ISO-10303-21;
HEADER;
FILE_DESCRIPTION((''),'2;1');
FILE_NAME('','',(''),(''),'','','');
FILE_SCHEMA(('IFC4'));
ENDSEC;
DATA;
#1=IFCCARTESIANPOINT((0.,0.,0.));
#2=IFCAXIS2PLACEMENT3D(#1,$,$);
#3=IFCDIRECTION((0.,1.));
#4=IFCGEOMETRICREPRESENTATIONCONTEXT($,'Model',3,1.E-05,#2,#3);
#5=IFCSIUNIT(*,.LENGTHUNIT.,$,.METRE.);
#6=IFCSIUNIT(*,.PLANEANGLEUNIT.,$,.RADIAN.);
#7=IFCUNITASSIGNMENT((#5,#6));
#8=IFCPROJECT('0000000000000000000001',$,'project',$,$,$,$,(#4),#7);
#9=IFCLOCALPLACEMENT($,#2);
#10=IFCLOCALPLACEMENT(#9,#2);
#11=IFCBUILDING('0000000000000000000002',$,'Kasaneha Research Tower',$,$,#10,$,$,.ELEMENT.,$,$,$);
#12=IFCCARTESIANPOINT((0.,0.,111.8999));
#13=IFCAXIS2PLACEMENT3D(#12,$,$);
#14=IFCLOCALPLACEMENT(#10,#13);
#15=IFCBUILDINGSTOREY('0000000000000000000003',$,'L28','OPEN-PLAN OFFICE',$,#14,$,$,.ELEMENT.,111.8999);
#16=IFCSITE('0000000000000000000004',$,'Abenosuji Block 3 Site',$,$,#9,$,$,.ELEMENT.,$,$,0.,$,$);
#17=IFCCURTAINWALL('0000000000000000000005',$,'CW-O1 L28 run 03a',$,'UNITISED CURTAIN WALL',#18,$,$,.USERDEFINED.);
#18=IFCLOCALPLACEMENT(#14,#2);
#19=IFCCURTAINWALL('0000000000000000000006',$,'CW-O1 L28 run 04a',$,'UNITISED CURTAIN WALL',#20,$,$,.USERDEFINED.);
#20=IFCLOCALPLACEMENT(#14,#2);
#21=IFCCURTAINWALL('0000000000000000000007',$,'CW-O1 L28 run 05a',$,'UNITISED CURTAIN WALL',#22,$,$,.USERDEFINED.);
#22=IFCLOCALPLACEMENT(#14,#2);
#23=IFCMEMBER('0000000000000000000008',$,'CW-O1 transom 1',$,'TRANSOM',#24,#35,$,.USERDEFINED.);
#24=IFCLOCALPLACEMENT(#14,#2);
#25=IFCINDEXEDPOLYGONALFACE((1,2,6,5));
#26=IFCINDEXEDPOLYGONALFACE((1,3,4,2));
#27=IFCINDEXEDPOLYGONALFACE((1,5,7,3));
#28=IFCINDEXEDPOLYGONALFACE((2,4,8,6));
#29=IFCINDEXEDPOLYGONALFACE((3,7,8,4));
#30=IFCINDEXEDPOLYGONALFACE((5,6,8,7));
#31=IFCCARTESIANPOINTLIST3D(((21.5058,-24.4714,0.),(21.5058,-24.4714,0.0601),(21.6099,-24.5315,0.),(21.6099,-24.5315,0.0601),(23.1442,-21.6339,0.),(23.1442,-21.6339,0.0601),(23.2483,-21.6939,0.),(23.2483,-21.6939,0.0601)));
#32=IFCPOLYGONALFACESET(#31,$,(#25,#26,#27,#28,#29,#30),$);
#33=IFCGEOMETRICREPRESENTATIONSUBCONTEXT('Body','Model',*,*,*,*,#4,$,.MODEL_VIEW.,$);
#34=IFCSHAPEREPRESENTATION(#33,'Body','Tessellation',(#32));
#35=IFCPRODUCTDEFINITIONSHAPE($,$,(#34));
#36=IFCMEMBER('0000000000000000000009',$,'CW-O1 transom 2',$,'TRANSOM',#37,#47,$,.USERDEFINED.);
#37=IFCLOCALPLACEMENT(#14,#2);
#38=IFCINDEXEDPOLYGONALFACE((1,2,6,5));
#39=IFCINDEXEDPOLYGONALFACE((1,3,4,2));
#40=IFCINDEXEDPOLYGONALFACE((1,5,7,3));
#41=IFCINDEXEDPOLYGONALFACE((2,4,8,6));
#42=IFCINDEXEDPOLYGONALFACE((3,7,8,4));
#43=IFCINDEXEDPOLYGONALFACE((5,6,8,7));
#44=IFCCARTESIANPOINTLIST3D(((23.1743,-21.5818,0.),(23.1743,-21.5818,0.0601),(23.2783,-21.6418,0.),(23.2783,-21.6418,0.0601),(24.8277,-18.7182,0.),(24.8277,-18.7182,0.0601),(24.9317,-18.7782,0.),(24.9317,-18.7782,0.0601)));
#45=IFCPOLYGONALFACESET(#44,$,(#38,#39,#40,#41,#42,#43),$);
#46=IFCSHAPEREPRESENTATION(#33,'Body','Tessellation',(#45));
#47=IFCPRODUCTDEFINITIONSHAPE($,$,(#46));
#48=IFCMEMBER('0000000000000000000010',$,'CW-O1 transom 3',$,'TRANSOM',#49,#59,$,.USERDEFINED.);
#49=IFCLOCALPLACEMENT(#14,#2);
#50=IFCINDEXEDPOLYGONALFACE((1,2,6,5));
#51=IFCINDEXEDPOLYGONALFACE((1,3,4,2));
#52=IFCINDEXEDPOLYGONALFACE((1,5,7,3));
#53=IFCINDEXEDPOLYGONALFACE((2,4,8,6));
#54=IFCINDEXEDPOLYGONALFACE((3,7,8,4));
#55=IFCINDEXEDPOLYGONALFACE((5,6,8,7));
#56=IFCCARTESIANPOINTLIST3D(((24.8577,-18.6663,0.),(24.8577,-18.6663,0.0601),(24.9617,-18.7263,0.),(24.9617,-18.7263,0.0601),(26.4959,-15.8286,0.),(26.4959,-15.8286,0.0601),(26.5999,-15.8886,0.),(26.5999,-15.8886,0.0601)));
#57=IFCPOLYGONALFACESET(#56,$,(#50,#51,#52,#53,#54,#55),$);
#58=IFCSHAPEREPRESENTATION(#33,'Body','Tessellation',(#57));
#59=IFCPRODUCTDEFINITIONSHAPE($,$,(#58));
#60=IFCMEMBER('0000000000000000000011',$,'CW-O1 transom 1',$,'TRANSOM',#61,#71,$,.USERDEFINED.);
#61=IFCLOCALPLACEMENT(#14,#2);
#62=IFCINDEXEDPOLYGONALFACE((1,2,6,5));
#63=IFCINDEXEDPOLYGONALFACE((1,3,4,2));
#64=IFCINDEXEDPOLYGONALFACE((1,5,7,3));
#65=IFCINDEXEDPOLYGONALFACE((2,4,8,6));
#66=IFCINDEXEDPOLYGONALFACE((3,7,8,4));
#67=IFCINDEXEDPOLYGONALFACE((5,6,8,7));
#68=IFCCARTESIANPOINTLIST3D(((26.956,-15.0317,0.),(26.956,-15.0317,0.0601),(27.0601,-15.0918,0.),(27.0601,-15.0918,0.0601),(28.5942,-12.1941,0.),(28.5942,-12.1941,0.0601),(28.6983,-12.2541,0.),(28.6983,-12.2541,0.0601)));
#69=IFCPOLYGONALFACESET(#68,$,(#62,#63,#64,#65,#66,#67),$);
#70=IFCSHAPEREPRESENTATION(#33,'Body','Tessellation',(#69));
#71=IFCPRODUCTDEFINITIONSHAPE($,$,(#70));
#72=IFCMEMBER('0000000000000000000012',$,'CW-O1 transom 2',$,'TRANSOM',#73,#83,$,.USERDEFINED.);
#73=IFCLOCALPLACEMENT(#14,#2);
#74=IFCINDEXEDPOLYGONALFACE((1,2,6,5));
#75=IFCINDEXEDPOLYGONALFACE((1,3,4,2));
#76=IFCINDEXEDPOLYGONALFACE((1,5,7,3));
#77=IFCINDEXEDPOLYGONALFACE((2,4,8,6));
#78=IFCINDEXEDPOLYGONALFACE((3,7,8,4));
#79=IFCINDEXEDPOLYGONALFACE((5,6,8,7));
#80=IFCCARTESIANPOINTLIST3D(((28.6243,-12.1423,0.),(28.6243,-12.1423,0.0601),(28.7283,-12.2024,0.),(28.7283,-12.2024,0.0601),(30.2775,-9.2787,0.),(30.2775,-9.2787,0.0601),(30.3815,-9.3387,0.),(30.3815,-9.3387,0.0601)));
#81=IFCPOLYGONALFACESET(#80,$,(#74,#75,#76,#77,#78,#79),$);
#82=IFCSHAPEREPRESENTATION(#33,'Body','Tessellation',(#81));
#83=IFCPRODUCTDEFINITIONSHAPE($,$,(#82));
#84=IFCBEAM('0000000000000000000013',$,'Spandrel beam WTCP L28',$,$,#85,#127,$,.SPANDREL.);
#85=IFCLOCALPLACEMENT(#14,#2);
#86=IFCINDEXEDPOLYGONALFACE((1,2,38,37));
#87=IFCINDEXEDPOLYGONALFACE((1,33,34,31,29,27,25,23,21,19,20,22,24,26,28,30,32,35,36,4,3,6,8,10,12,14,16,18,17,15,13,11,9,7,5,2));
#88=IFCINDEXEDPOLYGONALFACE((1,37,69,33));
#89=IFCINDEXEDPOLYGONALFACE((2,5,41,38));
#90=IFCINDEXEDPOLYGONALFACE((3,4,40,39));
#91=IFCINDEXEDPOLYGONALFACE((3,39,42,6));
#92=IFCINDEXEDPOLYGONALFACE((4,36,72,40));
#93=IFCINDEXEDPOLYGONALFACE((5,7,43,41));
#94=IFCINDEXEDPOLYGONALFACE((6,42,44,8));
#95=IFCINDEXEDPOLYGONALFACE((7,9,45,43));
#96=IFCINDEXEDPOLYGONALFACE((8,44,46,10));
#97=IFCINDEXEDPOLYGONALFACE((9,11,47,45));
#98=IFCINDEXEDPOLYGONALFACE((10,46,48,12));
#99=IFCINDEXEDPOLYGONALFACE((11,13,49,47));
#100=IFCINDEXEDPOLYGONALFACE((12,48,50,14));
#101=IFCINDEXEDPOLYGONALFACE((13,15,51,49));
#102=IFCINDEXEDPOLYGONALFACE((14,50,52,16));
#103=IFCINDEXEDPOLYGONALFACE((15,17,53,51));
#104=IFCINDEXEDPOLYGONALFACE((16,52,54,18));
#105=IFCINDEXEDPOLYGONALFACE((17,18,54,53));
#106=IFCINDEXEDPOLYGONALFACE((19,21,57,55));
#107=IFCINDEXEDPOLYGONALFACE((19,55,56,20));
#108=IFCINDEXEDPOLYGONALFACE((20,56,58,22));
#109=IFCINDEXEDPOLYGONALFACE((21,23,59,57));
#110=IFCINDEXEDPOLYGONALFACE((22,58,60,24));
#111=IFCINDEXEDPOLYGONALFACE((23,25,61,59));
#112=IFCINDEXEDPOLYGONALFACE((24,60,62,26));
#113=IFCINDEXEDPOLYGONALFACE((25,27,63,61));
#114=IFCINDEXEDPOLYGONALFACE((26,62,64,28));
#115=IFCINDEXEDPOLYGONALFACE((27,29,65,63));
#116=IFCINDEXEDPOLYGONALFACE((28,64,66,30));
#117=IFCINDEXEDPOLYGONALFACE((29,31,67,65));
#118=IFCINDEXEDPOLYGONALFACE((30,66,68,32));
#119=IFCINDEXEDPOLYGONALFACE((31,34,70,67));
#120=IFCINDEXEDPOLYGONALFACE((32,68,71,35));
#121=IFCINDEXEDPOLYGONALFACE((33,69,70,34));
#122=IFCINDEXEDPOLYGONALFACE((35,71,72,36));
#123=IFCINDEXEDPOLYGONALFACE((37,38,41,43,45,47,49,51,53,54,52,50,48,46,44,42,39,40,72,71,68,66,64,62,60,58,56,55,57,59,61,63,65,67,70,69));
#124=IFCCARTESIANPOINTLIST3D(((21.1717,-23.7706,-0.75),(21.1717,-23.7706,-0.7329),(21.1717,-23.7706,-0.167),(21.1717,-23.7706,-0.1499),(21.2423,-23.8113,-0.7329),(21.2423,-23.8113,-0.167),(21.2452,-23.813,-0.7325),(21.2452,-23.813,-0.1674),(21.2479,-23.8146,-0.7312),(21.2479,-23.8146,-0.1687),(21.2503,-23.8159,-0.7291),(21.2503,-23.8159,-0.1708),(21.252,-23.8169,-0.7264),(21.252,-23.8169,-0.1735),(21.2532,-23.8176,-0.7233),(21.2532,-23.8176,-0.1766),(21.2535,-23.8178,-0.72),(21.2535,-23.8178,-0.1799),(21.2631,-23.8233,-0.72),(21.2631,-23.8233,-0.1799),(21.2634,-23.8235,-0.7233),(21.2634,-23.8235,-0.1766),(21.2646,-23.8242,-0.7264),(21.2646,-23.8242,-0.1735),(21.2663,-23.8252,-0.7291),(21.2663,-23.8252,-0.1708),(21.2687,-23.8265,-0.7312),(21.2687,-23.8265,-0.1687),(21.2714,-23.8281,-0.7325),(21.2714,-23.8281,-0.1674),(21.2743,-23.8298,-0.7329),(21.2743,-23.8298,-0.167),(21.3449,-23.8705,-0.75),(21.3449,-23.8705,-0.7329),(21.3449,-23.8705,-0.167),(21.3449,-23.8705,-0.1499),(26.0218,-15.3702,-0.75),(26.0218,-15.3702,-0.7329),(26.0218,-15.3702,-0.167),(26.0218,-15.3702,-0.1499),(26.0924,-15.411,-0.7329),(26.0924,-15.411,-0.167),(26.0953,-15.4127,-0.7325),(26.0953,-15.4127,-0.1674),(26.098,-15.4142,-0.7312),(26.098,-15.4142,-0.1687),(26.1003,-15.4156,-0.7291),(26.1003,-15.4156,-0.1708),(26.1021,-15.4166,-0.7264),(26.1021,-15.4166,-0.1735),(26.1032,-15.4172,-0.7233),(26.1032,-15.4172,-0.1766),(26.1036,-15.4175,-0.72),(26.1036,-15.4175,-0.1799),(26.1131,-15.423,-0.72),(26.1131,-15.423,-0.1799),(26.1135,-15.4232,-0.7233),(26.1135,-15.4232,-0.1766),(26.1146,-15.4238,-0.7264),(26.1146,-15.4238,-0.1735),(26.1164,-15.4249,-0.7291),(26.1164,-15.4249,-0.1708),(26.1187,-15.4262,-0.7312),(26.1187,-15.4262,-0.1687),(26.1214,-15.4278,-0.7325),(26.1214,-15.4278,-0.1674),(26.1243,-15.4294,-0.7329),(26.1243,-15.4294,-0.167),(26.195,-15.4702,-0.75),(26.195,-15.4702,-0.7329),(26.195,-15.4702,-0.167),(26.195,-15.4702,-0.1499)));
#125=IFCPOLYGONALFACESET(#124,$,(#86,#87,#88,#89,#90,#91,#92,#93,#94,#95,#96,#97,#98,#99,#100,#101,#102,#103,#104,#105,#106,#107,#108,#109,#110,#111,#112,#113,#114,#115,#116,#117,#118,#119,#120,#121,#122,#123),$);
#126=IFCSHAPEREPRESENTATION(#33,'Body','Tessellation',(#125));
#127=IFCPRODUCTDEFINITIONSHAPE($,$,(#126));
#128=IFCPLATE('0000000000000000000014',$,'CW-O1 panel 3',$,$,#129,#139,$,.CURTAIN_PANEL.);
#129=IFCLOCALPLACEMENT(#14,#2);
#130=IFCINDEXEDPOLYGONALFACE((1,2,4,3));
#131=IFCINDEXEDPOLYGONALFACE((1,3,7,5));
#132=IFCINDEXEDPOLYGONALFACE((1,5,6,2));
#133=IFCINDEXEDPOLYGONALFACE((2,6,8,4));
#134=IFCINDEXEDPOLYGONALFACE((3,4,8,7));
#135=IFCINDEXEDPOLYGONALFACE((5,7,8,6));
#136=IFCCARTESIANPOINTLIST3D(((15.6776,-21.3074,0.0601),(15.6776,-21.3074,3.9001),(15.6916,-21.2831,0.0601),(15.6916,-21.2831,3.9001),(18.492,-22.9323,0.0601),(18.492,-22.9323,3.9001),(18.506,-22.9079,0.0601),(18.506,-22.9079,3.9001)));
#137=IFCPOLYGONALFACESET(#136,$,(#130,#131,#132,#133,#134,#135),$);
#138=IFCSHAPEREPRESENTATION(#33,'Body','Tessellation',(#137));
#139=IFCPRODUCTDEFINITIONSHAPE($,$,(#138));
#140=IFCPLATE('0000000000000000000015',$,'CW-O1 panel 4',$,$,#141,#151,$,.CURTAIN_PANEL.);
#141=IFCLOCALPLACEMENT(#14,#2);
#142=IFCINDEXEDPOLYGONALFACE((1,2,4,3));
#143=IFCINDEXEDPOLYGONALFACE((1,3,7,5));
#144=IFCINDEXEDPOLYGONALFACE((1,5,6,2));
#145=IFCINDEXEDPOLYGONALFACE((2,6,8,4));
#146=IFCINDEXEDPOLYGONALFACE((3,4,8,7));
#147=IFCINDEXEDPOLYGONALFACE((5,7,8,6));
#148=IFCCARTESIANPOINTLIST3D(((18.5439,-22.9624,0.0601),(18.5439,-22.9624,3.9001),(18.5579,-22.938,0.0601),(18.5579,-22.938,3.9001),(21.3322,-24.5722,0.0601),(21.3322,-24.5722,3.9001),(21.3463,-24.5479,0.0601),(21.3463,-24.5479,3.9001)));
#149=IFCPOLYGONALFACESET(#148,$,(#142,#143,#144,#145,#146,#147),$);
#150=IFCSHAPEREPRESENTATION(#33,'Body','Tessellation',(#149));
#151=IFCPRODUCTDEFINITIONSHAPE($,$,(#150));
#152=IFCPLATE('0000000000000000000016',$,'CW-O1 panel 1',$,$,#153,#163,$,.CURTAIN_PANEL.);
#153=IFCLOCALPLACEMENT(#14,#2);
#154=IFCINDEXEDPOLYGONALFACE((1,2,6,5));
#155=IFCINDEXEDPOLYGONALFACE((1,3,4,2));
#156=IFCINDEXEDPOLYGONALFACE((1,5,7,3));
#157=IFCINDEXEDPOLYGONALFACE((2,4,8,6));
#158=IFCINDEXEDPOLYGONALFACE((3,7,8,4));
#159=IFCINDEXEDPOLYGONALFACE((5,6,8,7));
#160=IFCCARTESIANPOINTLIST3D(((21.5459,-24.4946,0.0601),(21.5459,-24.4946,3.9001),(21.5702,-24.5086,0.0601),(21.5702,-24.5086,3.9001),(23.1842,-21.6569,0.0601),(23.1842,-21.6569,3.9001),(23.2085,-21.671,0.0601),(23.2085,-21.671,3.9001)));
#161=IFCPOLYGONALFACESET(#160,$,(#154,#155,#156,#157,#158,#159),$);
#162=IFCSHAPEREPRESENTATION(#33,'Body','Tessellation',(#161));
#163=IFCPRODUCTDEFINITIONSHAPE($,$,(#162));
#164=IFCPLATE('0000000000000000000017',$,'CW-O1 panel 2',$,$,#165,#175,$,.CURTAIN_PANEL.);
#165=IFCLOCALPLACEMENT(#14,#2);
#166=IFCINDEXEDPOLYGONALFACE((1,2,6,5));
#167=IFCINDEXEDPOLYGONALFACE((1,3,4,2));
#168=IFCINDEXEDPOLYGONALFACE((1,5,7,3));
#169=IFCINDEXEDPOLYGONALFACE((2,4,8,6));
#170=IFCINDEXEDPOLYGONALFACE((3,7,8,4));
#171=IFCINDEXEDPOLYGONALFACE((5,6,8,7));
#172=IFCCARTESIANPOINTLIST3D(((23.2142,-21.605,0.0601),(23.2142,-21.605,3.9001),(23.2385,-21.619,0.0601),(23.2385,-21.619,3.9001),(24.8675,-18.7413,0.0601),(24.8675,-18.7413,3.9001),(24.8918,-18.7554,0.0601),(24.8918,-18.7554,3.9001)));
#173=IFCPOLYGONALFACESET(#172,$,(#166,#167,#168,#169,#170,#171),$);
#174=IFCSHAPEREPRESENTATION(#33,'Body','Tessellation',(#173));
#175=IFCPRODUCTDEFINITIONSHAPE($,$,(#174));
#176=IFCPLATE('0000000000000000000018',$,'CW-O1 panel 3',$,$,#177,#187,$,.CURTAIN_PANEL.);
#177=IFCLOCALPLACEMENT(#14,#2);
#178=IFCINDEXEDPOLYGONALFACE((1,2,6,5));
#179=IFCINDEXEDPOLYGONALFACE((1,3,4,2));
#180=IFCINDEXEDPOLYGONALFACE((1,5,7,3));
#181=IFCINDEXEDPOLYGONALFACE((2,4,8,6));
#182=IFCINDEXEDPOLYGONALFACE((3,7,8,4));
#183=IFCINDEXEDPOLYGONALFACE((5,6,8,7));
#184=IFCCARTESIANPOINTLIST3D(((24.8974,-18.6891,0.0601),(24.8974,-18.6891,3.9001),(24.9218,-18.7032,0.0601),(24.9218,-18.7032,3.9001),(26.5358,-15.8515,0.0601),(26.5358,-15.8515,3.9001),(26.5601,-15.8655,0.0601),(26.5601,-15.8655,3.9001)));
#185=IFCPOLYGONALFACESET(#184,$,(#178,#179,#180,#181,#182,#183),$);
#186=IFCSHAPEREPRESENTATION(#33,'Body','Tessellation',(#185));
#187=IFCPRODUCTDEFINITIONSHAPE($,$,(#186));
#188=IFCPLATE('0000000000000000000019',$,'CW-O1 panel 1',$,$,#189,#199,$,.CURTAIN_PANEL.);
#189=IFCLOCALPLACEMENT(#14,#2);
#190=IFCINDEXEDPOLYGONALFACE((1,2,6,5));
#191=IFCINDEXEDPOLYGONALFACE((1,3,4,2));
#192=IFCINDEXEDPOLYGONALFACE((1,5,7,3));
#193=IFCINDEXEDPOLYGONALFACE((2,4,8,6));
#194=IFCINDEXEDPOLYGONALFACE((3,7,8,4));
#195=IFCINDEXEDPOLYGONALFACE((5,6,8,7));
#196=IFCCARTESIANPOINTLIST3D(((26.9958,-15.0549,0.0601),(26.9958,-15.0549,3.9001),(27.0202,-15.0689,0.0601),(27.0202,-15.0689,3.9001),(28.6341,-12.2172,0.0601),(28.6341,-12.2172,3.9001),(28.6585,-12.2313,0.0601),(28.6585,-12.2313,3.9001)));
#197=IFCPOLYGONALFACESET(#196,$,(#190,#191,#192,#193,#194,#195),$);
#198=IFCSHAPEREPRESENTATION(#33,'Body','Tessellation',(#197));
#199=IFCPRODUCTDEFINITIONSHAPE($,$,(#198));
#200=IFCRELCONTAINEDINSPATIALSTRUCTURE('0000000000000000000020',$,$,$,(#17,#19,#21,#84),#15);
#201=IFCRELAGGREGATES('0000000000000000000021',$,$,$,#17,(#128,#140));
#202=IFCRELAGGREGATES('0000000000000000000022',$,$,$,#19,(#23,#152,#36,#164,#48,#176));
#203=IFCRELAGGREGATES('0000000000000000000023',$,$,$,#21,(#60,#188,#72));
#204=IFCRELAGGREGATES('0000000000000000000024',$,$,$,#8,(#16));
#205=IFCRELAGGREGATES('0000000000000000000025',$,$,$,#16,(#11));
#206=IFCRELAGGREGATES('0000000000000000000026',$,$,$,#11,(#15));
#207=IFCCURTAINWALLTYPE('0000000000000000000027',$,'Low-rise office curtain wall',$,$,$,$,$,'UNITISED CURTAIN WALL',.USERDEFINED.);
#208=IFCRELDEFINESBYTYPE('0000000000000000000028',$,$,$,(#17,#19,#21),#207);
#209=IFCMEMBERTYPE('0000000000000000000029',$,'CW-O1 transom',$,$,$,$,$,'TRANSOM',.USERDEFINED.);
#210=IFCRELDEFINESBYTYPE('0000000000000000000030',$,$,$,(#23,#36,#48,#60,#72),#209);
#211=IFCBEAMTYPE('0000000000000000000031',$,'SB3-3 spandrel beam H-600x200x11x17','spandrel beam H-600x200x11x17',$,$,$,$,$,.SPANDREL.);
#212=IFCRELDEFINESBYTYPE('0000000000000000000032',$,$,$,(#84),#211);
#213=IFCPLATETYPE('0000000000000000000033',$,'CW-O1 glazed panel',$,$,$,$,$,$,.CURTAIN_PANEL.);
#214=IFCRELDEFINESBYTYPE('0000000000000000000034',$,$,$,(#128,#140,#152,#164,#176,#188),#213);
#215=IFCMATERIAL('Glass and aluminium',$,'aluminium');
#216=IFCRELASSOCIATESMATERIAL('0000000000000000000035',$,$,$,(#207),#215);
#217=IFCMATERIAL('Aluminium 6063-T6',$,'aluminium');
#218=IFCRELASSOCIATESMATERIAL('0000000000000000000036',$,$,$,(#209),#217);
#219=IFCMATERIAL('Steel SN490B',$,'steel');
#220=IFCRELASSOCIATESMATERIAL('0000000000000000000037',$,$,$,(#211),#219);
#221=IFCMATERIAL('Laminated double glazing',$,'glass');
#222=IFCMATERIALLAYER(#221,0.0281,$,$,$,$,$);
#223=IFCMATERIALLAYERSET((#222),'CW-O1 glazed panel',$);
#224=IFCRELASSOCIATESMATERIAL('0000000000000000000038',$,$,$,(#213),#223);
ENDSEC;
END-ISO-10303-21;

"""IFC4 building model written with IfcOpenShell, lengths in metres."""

from ifc_helpers import new_model, si_unit, direction, frame, origin, origin_2d, place, context, subcontext, project, spatial, rectangle, i_section, extrude, material, layer, layer_set, material_profile, profile_set, type_object, element, aggregate, save


model = new_model("IFC4")

# Units and contexts
model_context = context("Model", 3, precision=1e-05, world=origin(), true_north=direction((0.0, 1.0)))
body_context = subcontext(model_context, "Body", "Model", "MODEL_VIEW")
ifc_project = project(units=[si_unit("LENGTHUNIT", "METRE"), si_unit("PLANEANGLEUNIT", "RADIAN")], contexts=[model_context])

# Site, building, storey
site_placement = place(None, origin())
site = spatial("IfcSite", under=ifc_project, at=site_placement, Name="Abenosuji Block 3 Site", CompositionType="ELEMENT", RefElevation=0.0)
building_placement = place(site_placement, origin())
building = spatial("IfcBuilding", under=site, at=building_placement, Name="Kasaneha Research Tower", CompositionType="ELEMENT")
storey_placement = place(building_placement, frame((0.0, 0.0, 111.8999)))
storey = spatial("IfcBuildingStorey", under=building, at=storey_placement, Name="L28", Description="OPEN-PLAN OFFICE", CompositionType="ELEMENT", Elevation=111.8999)

# Curtain walls
ifc_material_1 = material(Name="Glass and aluminium", Category="aluminium")
curtain_wall_type = type_object("IfcCurtainWallType", Name="Low-rise office curtain wall", ElementType="UNITISED CURTAIN WALL", PredefinedType="USERDEFINED", material=ifc_material_1)
curtain_wall_1_placement = place(storey_placement, origin())
curtain_wall_1 = element("IfcCurtainWall", 1, at=curtain_wall_1_placement, inside=storey, type_object=curtain_wall_type, Name="CW-O1 L28 run 03a", ObjectType="UNITISED CURTAIN WALL", PredefinedType="USERDEFINED")
curtain_wall_2_placement = place(storey_placement, origin())
curtain_wall_2 = element("IfcCurtainWall", 2, at=curtain_wall_2_placement, inside=storey, type_object=curtain_wall_type, Name="CW-O1 L28 run 04a", ObjectType="UNITISED CURTAIN WALL", PredefinedType="USERDEFINED")
curtain_wall_3_placement = place(storey_placement, origin())
curtain_wall_3 = element("IfcCurtainWall", 3, at=curtain_wall_3_placement, inside=storey, type_object=curtain_wall_type, Name="CW-O1 L28 run 05a", ObjectType="UNITISED CURTAIN WALL", PredefinedType="USERDEFINED")

# Members
ifc_material_2 = material(Name="Aluminium 6063-T6", Category="aluminium")
ifc_material_profile_1 = material_profile(ifc_material_2, rectangle(XDim=0.1201, YDim=0.0601, at=origin_2d()), Name="CW-O1 transom 120x60")
ifc_profile_set_1 = profile_set([ifc_material_profile_1], Name="Aluminium 6063-T6")
member_type_1 = type_object("IfcMemberType", Name="CW-O1 transom", ElementType="TRANSOM", PredefinedType="USERDEFINED", material=ifc_profile_set_1)
member_1_placement = place(storey_placement, frame((21.5579, -24.5015, 0.03), z_axis=(0.500026, 0.866011, 0.0), x_axis=(-0.866011, 0.500026, 0.0)))
member_1 = element("IfcMember", 4, at=member_1_placement, type_object=member_type_1, Name="CW-O1 transom 1", ObjectType="TRANSOM", PredefinedType="USERDEFINED", context=body_context, shape_type="SweptSolid", body=[
    extrude(rectangle(XDim=0.1201, YDim=0.0601, at=origin_2d()), origin(), (0.0, 0.0, 1.0), 3.2766),
])
member_2_placement = place(storey_placement, frame((23.2263, -21.6118, 0.03), z_axis=(0.500014, 0.866017, 0.0), x_axis=(-0.866017, 0.500014, 0.0)))
member_2 = element("IfcMember", 5, at=member_2_placement, type_object=member_type_1, Name="CW-O1 transom 2", ObjectType="TRANSOM", PredefinedType="USERDEFINED", context=body_context, shape_type="SweptSolid", body=[
    extrude(rectangle(XDim=0.1201, YDim=0.0601, at=origin_2d()), origin(), (0.0, 0.0, 1.0), 3.3066),
])
member_3_placement = place(storey_placement, frame((24.9097, -18.6963, 0.03), z_axis=(0.49997, 0.866043, 0.0), x_axis=(-0.866043, 0.49997, 0.0)))
member_3 = element("IfcMember", 6, at=member_3_placement, type_object=member_type_1, Name="CW-O1 transom 3", ObjectType="TRANSOM", PredefinedType="USERDEFINED", context=body_context, shape_type="SweptSolid", body=[
    extrude(rectangle(XDim=0.1201, YDim=0.0601, at=origin_2d()), origin(), (0.0, 0.0, 1.0), 3.2766),
])
member_4_placement = place(storey_placement, frame((27.0081, -15.0618, 0.03), z_axis=(0.49997, 0.866043, 0.0), x_axis=(-0.866043, 0.49997, 0.0)))
member_4 = element("IfcMember", 7, at=member_4_placement, type_object=member_type_1, Name="CW-O1 transom 1", ObjectType="TRANSOM", PredefinedType="USERDEFINED", context=body_context, shape_type="SweptSolid", body=[
    extrude(rectangle(XDim=0.1201, YDim=0.0601, at=origin_2d()), origin(), (0.0, 0.0, 1.0), 3.2766),
])
member_5_placement = place(storey_placement, frame((28.6763, -12.1724, 0.03), z_axis=(0.499982, 0.866036, 0.0), x_axis=(-0.866036, 0.499982, 0.0)))
member_5 = element("IfcMember", 8, at=member_5_placement, type_object=member_type_1, Name="CW-O1 transom 2", ObjectType="TRANSOM", PredefinedType="USERDEFINED", context=body_context, shape_type="SweptSolid", body=[
    extrude(rectangle(XDim=0.1201, YDim=0.0601, at=origin_2d()), origin(), (0.0, 0.0, 1.0), 3.3066),
])

# Beam
ifc_material_3 = material(Name="Steel SN490B", Category="steel")
ifc_material_profile_2 = material_profile(ifc_material_3, i_section(OverallWidth=0.2, OverallDepth=0.6001, WebThickness=0.011, FlangeThickness=0.0171, FilletRadius=0.0129, at=origin_2d()), Name="H-600x200x11x17")
ifc_profile_set_2 = profile_set([ifc_material_profile_2], Name="Steel SN490B")
beam_type_1 = type_object("IfcBeamType", Name="SB3-3 spandrel beam H-600x200x11x17", Description="spandrel beam H-600x200x11x17", PredefinedType="SPANDREL", material=ifc_profile_set_2)
beam_1_placement = place(storey_placement, frame((21.2583, -23.8206, -0.45), z_axis=(0.50001, 0.86602, 0.0), x_axis=(-0.86602, 0.50001, 0.0)))
element("IfcBeam", 9, at=beam_1_placement, inside=storey, type_object=beam_type_1, Name="Spandrel beam WTCP L28", PredefinedType="SPANDREL", context=body_context, shape_type="SweptSolid", body=[
    extrude(i_section(OverallWidth=0.2, OverallDepth=0.6001, WebThickness=0.011, FlangeThickness=0.0171, FilletRadius=0.0129, at=origin_2d()), origin(), (0.0, 0.0, 1.0), 9.7),
])

# Plates
ifc_material_4 = material(Name="Laminated double glazing", Category="glass")
ifc_layer_1 = layer(ifc_material_4, 0.0281)
ifc_layer_set_1 = layer_set([ifc_layer_1], Name="CW-O1 glazed panel")
plate_type = type_object("IfcPlateType", Name="CW-O1 glazed panel", PredefinedType="CURTAIN_PANEL", material=ifc_layer_set_1)
plate_1_placement = place(storey_placement, frame((17.0918, -22.1077, 0.0601), z_axis=(0.0, 0.0, 1.0), x_axis=(0.866025, -0.5, 0.0)))
plate_1 = element("IfcPlate", 10, at=plate_1_placement, type_object=plate_type, Name="CW-O1 panel 3", PredefinedType="CURTAIN_PANEL", context=body_context, shape_type="SweptSolid", body=[
    extrude(rectangle(XDim=3.2498, YDim=0.0281, at=origin_2d()), origin(), (0.0, 0.0, 1.0), 3.8401),
])
plate_2_placement = place(storey_placement, frame((19.9451, -23.7551, 0.0601), z_axis=(0.0, 0.0, 1.0), x_axis=(0.866025, -0.5, 0.0)))
plate_2 = element("IfcPlate", 11, at=plate_2_placement, type_object=plate_type, Name="CW-O1 panel 4", PredefinedType="CURTAIN_PANEL", context=body_context, shape_type="SweptSolid", body=[
    extrude(rectangle(XDim=3.2197, YDim=0.0281, at=origin_2d()), origin(), (0.0, 0.0, 1.0), 3.8401),
])
aggregate(curtain_wall_1, [plate_1, plate_2])
plate_3_placement = place(storey_placement, frame((22.3772, -23.0828, 0.0601), z_axis=(0.0, 0.0, 1.0), x_axis=(0.5, 0.866025, 0.0)))
plate_3 = element("IfcPlate", 12, at=plate_3_placement, type_object=plate_type, Name="CW-O1 panel 1", PredefinedType="CURTAIN_PANEL", context=body_context, shape_type="SweptSolid", body=[
    extrude(rectangle(XDim=3.2766, YDim=0.0281, at=origin_2d()), origin(), (0.0, 0.0, 1.0), 3.8401),
])
plate_4_placement = place(storey_placement, frame((24.053, -20.1802, 0.0601), z_axis=(0.0, 0.0, 1.0), x_axis=(0.5, 0.866025, 0.0)))
plate_4 = element("IfcPlate", 13, at=plate_4_placement, type_object=plate_type, Name="CW-O1 panel 2", PredefinedType="CURTAIN_PANEL", context=body_context, shape_type="SweptSolid", body=[
    extrude(rectangle(XDim=3.3066, YDim=0.0281, at=origin_2d()), origin(), (0.0, 0.0, 1.0), 3.8401),
])
plate_5_placement = place(storey_placement, frame((25.7288, -17.2773, 0.0601), z_axis=(0.0, 0.0, 1.0), x_axis=(0.5, 0.866025, 0.0)))
plate_5 = element("IfcPlate", 14, at=plate_5_placement, type_object=plate_type, Name="CW-O1 panel 3", PredefinedType="CURTAIN_PANEL", context=body_context, shape_type="SweptSolid", body=[
    extrude(rectangle(XDim=3.2766, YDim=0.0281, at=origin_2d()), origin(), (0.0, 0.0, 1.0), 3.8401),
])
aggregate(curtain_wall_2, [member_1, plate_3, member_2, plate_4, member_3, plate_5])
plate_6_placement = place(storey_placement, frame((27.8271, -13.6431, 0.0601), z_axis=(0.0, 0.0, 1.0), x_axis=(0.5, 0.866025, 0.0)))
plate_6 = element("IfcPlate", 15, at=plate_6_placement, type_object=plate_type, Name="CW-O1 panel 1", PredefinedType="CURTAIN_PANEL", context=body_context, shape_type="SweptSolid", body=[
    extrude(rectangle(XDim=3.2766, YDim=0.0281, at=origin_2d()), origin(), (0.0, 0.0, 1.0), 3.8401),
])
aggregate(curtain_wall_3, [member_4, plate_6, member_5])

save(model, "model.ifc")
